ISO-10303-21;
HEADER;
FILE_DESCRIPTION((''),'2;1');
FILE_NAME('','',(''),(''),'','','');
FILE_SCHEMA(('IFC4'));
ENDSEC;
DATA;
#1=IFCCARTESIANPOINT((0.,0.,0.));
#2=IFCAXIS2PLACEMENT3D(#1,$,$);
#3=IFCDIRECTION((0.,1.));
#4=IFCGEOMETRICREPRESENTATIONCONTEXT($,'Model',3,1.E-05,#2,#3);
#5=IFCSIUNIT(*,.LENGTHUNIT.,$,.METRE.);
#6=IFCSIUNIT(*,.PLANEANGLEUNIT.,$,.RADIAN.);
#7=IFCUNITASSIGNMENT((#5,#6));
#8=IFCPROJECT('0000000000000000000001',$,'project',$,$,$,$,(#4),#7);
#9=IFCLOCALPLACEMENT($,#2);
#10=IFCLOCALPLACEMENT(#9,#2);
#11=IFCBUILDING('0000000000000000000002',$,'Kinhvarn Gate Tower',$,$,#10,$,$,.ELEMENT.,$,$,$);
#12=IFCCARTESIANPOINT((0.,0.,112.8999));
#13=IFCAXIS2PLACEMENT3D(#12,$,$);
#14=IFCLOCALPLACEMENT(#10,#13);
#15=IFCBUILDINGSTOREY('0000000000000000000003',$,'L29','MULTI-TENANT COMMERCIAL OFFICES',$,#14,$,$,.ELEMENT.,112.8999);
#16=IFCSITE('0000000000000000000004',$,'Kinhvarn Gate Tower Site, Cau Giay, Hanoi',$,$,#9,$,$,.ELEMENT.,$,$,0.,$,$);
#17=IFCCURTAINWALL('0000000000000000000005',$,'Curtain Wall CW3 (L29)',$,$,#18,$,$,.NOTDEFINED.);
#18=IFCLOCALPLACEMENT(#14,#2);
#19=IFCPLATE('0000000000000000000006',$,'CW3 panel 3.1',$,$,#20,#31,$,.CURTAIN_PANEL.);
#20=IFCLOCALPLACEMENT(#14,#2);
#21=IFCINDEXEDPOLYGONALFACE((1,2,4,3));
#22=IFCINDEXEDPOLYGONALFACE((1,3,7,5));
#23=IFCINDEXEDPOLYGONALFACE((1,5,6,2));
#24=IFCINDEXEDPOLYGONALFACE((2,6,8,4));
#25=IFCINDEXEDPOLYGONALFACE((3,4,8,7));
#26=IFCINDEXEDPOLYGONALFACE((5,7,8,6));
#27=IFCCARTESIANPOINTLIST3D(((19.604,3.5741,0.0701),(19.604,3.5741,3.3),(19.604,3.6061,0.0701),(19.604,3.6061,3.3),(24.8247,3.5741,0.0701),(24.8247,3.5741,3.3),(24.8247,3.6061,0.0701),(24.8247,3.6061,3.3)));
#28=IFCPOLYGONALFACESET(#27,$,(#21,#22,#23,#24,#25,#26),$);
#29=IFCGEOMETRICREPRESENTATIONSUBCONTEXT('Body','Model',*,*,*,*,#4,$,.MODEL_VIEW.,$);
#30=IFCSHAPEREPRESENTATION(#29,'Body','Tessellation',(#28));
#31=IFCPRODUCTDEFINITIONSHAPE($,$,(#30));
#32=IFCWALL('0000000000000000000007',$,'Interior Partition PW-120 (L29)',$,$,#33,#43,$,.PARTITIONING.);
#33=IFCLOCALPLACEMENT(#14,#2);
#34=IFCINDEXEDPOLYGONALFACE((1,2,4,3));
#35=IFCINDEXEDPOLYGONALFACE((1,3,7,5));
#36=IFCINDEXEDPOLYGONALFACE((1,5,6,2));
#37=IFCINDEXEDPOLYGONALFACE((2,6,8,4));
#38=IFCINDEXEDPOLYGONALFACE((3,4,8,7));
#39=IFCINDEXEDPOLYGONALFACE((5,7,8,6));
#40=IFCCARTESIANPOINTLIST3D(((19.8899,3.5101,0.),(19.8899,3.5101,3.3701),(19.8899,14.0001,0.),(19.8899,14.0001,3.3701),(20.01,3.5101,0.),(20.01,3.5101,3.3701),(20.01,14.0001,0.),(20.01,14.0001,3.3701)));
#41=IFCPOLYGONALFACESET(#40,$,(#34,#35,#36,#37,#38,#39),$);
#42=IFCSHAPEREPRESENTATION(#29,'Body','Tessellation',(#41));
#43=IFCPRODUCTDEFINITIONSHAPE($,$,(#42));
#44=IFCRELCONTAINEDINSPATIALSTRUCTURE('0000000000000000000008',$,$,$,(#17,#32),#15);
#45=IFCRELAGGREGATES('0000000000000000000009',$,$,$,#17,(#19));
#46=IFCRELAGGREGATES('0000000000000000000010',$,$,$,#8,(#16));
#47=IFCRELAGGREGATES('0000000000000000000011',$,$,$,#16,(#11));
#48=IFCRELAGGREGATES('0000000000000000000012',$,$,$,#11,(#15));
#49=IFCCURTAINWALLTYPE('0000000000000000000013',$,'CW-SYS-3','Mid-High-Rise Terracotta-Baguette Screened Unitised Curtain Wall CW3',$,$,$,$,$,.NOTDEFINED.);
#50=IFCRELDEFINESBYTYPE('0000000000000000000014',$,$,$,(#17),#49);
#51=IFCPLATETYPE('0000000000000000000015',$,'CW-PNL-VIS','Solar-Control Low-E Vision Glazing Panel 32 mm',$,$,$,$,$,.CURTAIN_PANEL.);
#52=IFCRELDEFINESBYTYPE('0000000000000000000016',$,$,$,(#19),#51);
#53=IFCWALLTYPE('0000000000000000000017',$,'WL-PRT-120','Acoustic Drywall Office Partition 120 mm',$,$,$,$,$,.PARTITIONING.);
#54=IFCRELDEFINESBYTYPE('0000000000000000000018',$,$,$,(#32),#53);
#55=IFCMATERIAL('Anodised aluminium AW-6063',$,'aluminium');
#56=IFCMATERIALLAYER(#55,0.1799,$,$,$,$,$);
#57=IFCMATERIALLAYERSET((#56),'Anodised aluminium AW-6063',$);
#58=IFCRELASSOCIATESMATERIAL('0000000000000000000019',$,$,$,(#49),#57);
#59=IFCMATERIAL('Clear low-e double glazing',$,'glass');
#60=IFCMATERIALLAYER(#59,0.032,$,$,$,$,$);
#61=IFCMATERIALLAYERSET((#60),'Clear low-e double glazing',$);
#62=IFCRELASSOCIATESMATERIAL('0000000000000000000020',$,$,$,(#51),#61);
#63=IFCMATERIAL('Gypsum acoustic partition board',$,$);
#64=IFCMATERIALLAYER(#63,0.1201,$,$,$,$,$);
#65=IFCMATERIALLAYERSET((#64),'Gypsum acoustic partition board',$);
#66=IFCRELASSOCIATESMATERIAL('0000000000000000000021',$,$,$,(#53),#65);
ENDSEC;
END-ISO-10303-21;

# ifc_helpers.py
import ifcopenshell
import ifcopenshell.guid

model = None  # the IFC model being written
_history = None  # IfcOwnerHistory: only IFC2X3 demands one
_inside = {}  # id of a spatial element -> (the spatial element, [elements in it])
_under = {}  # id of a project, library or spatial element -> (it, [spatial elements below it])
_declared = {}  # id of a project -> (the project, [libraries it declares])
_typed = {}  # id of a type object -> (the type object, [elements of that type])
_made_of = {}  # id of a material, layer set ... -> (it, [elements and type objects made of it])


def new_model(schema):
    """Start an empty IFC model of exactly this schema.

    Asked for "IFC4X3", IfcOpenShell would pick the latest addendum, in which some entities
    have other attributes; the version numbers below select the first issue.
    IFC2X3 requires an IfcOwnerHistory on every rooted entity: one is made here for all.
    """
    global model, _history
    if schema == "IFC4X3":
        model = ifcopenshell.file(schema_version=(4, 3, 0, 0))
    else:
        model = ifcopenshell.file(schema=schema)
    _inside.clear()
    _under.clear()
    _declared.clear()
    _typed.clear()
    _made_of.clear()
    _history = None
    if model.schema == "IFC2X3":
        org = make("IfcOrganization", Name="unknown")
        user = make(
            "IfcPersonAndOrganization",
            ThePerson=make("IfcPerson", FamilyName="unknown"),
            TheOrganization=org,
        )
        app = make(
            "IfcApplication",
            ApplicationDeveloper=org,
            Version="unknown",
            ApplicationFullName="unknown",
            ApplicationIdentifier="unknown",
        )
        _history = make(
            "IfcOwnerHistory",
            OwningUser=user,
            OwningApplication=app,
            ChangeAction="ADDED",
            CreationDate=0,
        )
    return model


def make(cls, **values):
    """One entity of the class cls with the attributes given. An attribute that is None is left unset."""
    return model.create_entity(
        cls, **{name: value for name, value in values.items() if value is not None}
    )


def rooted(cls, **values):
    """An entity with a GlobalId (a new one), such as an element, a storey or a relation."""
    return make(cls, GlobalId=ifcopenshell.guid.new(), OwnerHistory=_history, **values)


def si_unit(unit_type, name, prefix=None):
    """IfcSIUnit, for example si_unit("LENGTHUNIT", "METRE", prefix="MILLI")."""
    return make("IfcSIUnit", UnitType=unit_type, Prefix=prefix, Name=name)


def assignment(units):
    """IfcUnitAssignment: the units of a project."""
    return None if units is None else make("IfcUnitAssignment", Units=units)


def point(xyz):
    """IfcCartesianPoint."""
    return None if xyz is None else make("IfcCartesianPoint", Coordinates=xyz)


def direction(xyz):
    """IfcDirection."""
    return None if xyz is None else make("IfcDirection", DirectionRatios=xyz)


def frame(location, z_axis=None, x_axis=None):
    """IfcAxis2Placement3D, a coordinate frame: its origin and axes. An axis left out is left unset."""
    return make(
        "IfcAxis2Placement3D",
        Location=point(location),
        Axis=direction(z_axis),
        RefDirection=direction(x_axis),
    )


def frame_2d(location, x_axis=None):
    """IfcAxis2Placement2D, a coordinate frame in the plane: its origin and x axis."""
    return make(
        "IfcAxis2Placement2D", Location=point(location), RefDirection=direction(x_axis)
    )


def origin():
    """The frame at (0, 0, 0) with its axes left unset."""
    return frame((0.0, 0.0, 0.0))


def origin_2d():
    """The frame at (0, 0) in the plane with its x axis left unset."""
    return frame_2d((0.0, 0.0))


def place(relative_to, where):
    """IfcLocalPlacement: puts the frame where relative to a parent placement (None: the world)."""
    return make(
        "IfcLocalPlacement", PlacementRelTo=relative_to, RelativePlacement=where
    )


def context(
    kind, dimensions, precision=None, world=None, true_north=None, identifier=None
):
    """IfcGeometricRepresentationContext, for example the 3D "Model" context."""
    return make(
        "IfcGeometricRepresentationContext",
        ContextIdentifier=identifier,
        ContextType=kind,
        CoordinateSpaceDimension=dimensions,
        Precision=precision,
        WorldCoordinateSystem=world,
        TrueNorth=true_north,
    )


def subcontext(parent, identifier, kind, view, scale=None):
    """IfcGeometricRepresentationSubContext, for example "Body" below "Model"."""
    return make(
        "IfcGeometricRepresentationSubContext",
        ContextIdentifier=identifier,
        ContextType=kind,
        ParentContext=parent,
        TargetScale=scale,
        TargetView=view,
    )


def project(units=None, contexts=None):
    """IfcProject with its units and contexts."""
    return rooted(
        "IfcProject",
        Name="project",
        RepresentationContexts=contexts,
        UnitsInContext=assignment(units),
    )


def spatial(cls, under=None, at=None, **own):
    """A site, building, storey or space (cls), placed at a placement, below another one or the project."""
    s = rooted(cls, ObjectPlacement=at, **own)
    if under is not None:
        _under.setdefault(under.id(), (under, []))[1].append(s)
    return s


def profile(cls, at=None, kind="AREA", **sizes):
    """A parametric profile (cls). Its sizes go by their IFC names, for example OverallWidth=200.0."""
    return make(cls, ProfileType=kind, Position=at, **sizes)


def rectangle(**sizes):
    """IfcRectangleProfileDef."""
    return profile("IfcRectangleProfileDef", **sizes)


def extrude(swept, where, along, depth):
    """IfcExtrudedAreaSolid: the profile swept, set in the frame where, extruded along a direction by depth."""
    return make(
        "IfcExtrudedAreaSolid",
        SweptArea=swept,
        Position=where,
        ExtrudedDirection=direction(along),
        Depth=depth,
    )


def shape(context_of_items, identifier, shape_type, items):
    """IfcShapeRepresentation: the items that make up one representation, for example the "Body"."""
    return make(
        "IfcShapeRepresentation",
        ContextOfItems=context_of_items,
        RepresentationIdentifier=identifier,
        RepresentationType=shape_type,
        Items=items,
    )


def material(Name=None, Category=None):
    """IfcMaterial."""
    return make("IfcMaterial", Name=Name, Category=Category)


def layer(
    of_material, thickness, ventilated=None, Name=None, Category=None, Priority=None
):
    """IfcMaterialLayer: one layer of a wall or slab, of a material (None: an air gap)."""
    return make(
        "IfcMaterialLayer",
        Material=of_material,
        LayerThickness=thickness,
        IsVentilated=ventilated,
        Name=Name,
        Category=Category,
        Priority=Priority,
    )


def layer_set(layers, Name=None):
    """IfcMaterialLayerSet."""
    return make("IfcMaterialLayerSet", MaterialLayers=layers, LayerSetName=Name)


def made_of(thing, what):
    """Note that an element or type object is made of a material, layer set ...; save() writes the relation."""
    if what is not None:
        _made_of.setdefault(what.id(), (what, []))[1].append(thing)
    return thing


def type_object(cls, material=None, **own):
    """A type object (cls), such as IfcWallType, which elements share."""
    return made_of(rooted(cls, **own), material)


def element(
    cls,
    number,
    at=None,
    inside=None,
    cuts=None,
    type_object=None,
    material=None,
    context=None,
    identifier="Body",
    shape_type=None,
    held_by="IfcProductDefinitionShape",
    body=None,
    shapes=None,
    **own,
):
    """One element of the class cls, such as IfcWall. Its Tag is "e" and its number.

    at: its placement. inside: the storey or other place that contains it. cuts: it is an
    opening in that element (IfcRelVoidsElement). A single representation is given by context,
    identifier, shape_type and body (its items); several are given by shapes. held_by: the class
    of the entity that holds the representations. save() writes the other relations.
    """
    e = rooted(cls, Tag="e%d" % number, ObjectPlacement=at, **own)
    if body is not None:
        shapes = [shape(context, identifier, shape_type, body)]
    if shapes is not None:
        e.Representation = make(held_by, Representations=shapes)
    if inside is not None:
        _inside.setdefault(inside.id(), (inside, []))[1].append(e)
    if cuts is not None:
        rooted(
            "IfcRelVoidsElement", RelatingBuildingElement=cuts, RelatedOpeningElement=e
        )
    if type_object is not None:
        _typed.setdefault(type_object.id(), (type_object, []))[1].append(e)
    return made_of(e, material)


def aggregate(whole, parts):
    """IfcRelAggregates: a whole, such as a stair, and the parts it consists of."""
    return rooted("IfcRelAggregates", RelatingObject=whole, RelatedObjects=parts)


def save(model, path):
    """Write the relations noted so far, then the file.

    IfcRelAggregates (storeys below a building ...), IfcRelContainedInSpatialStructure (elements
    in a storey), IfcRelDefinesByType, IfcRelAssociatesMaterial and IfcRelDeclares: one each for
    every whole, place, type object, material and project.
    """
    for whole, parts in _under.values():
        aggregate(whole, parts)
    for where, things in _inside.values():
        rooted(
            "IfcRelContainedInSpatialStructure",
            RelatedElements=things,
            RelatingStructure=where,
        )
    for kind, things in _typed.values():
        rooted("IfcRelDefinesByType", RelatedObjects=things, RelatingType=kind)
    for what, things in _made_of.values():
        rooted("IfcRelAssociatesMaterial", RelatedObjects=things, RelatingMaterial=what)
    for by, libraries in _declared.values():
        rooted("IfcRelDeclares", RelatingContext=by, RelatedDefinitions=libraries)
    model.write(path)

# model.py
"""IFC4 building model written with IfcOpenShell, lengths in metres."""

from ifc_helpers import new_model, si_unit, direction, frame, frame_2d, origin, origin_2d, place, context, subcontext, project, spatial, rectangle, extrude, material, layer, layer_set, type_object, element, aggregate, save


model = new_model("IFC4")

# Units and contexts
model_context = context("Model", 3, precision=1e-05, world=origin(), true_north=direction((0.0, 1.0)))
body_context = subcontext(model_context, "Body", "Model", "MODEL_VIEW")
ifc_project = project(units=[si_unit("LENGTHUNIT", "METRE"), si_unit("PLANEANGLEUNIT", "RADIAN")], contexts=[model_context])

# Site, building, storey
site_placement = place(None, origin())
site = spatial("IfcSite", under=ifc_project, at=site_placement, Name="Kinhvarn Gate Tower Site, Cau Giay, Hanoi", CompositionType="ELEMENT", RefElevation=0.0)
building_placement = place(site_placement, origin())
building = spatial("IfcBuilding", under=site, at=building_placement, Name="Kinhvarn Gate Tower", CompositionType="ELEMENT")
storey_placement = place(building_placement, frame((0.0, 0.0, 112.8999)))
storey = spatial("IfcBuildingStorey", under=building, at=storey_placement, Name="L29", Description="MULTI-TENANT COMMERCIAL OFFICES", CompositionType="ELEMENT", Elevation=112.8999)

# Curtain wall
ifc_material_1 = material(Name="Anodised aluminium AW-6063", Category="aluminium")
ifc_layer_1 = layer(ifc_material_1, 0.1799)
ifc_layer_set_1 = layer_set([ifc_layer_1], Name="Anodised aluminium AW-6063")
curtain_wall_type = type_object("IfcCurtainWallType", Name="CW-SYS-3", Description="Mid-High-Rise Terracotta-Baguette Screened Unitised Curtain Wall CW3", PredefinedType="NOTDEFINED", material=ifc_layer_set_1)
curtain_wall_placement = place(storey_placement, origin())
curtain_wall = element("IfcCurtainWall", 1, at=curtain_wall_placement, inside=storey, type_object=curtain_wall_type, Name="Curtain Wall CW3 (L29)", PredefinedType="NOTDEFINED")

# Plate
ifc_material_2 = material(Name="Clear low-e double glazing", Category="glass")
ifc_layer_2 = layer(ifc_material_2, 0.032)
ifc_layer_set_2 = layer_set([ifc_layer_2], Name="Clear low-e double glazing")
plate_type = type_object("IfcPlateType", Name="CW-PNL-VIS", Description="Solar-Control Low-E Vision Glazing Panel 32 mm", PredefinedType="CURTAIN_PANEL", material=ifc_layer_set_2)
plate_1_placement = place(storey_placement, frame((22.2144, 3.5901, 0.0701), z_axis=(0.0, 0.0, 1.0), x_axis=(1.0, 0.0, 0.0)))
plate_1 = element("IfcPlate", 2, at=plate_1_placement, type_object=plate_type, Name="CW3 panel 3.1", PredefinedType="CURTAIN_PANEL", context=body_context, shape_type="SweptSolid", body=[
    extrude(rectangle(XDim=5.2207, YDim=0.032, at=origin_2d()), origin(), (0.0, 0.0, 1.0), 3.23),
])
aggregate(curtain_wall, [plate_1])

# Wall
ifc_material_3 = material(Name="Gypsum acoustic partition board")
ifc_layer_3 = layer(ifc_material_3, 0.1201)
ifc_layer_set_3 = layer_set([ifc_layer_3], Name="Gypsum acoustic partition board")
wall_type = type_object("IfcWallType", Name="WL-PRT-120", Description="Acoustic Drywall Office Partition 120 mm", PredefinedType="PARTITIONING", material=ifc_layer_set_3)
wall_placement = place(storey_placement, frame((19.95, 3.51, 0.0), z_axis=(0.0, 0.0, 1.0), x_axis=(0.0, 1.0, 0.0)))
element("IfcWall", 3, at=wall_placement, inside=storey, type_object=wall_type, Name="Interior Partition PW-120 (L29)", PredefinedType="PARTITIONING", context=body_context, shape_type="SweptSolid", body=[
    extrude(rectangle(XDim=10.49, YDim=0.1201, at=frame_2d((5.2451, 0.0))), origin(), (0.0, 0.0, 1.0), 3.3701),
])

save(model, "model.ifc")
